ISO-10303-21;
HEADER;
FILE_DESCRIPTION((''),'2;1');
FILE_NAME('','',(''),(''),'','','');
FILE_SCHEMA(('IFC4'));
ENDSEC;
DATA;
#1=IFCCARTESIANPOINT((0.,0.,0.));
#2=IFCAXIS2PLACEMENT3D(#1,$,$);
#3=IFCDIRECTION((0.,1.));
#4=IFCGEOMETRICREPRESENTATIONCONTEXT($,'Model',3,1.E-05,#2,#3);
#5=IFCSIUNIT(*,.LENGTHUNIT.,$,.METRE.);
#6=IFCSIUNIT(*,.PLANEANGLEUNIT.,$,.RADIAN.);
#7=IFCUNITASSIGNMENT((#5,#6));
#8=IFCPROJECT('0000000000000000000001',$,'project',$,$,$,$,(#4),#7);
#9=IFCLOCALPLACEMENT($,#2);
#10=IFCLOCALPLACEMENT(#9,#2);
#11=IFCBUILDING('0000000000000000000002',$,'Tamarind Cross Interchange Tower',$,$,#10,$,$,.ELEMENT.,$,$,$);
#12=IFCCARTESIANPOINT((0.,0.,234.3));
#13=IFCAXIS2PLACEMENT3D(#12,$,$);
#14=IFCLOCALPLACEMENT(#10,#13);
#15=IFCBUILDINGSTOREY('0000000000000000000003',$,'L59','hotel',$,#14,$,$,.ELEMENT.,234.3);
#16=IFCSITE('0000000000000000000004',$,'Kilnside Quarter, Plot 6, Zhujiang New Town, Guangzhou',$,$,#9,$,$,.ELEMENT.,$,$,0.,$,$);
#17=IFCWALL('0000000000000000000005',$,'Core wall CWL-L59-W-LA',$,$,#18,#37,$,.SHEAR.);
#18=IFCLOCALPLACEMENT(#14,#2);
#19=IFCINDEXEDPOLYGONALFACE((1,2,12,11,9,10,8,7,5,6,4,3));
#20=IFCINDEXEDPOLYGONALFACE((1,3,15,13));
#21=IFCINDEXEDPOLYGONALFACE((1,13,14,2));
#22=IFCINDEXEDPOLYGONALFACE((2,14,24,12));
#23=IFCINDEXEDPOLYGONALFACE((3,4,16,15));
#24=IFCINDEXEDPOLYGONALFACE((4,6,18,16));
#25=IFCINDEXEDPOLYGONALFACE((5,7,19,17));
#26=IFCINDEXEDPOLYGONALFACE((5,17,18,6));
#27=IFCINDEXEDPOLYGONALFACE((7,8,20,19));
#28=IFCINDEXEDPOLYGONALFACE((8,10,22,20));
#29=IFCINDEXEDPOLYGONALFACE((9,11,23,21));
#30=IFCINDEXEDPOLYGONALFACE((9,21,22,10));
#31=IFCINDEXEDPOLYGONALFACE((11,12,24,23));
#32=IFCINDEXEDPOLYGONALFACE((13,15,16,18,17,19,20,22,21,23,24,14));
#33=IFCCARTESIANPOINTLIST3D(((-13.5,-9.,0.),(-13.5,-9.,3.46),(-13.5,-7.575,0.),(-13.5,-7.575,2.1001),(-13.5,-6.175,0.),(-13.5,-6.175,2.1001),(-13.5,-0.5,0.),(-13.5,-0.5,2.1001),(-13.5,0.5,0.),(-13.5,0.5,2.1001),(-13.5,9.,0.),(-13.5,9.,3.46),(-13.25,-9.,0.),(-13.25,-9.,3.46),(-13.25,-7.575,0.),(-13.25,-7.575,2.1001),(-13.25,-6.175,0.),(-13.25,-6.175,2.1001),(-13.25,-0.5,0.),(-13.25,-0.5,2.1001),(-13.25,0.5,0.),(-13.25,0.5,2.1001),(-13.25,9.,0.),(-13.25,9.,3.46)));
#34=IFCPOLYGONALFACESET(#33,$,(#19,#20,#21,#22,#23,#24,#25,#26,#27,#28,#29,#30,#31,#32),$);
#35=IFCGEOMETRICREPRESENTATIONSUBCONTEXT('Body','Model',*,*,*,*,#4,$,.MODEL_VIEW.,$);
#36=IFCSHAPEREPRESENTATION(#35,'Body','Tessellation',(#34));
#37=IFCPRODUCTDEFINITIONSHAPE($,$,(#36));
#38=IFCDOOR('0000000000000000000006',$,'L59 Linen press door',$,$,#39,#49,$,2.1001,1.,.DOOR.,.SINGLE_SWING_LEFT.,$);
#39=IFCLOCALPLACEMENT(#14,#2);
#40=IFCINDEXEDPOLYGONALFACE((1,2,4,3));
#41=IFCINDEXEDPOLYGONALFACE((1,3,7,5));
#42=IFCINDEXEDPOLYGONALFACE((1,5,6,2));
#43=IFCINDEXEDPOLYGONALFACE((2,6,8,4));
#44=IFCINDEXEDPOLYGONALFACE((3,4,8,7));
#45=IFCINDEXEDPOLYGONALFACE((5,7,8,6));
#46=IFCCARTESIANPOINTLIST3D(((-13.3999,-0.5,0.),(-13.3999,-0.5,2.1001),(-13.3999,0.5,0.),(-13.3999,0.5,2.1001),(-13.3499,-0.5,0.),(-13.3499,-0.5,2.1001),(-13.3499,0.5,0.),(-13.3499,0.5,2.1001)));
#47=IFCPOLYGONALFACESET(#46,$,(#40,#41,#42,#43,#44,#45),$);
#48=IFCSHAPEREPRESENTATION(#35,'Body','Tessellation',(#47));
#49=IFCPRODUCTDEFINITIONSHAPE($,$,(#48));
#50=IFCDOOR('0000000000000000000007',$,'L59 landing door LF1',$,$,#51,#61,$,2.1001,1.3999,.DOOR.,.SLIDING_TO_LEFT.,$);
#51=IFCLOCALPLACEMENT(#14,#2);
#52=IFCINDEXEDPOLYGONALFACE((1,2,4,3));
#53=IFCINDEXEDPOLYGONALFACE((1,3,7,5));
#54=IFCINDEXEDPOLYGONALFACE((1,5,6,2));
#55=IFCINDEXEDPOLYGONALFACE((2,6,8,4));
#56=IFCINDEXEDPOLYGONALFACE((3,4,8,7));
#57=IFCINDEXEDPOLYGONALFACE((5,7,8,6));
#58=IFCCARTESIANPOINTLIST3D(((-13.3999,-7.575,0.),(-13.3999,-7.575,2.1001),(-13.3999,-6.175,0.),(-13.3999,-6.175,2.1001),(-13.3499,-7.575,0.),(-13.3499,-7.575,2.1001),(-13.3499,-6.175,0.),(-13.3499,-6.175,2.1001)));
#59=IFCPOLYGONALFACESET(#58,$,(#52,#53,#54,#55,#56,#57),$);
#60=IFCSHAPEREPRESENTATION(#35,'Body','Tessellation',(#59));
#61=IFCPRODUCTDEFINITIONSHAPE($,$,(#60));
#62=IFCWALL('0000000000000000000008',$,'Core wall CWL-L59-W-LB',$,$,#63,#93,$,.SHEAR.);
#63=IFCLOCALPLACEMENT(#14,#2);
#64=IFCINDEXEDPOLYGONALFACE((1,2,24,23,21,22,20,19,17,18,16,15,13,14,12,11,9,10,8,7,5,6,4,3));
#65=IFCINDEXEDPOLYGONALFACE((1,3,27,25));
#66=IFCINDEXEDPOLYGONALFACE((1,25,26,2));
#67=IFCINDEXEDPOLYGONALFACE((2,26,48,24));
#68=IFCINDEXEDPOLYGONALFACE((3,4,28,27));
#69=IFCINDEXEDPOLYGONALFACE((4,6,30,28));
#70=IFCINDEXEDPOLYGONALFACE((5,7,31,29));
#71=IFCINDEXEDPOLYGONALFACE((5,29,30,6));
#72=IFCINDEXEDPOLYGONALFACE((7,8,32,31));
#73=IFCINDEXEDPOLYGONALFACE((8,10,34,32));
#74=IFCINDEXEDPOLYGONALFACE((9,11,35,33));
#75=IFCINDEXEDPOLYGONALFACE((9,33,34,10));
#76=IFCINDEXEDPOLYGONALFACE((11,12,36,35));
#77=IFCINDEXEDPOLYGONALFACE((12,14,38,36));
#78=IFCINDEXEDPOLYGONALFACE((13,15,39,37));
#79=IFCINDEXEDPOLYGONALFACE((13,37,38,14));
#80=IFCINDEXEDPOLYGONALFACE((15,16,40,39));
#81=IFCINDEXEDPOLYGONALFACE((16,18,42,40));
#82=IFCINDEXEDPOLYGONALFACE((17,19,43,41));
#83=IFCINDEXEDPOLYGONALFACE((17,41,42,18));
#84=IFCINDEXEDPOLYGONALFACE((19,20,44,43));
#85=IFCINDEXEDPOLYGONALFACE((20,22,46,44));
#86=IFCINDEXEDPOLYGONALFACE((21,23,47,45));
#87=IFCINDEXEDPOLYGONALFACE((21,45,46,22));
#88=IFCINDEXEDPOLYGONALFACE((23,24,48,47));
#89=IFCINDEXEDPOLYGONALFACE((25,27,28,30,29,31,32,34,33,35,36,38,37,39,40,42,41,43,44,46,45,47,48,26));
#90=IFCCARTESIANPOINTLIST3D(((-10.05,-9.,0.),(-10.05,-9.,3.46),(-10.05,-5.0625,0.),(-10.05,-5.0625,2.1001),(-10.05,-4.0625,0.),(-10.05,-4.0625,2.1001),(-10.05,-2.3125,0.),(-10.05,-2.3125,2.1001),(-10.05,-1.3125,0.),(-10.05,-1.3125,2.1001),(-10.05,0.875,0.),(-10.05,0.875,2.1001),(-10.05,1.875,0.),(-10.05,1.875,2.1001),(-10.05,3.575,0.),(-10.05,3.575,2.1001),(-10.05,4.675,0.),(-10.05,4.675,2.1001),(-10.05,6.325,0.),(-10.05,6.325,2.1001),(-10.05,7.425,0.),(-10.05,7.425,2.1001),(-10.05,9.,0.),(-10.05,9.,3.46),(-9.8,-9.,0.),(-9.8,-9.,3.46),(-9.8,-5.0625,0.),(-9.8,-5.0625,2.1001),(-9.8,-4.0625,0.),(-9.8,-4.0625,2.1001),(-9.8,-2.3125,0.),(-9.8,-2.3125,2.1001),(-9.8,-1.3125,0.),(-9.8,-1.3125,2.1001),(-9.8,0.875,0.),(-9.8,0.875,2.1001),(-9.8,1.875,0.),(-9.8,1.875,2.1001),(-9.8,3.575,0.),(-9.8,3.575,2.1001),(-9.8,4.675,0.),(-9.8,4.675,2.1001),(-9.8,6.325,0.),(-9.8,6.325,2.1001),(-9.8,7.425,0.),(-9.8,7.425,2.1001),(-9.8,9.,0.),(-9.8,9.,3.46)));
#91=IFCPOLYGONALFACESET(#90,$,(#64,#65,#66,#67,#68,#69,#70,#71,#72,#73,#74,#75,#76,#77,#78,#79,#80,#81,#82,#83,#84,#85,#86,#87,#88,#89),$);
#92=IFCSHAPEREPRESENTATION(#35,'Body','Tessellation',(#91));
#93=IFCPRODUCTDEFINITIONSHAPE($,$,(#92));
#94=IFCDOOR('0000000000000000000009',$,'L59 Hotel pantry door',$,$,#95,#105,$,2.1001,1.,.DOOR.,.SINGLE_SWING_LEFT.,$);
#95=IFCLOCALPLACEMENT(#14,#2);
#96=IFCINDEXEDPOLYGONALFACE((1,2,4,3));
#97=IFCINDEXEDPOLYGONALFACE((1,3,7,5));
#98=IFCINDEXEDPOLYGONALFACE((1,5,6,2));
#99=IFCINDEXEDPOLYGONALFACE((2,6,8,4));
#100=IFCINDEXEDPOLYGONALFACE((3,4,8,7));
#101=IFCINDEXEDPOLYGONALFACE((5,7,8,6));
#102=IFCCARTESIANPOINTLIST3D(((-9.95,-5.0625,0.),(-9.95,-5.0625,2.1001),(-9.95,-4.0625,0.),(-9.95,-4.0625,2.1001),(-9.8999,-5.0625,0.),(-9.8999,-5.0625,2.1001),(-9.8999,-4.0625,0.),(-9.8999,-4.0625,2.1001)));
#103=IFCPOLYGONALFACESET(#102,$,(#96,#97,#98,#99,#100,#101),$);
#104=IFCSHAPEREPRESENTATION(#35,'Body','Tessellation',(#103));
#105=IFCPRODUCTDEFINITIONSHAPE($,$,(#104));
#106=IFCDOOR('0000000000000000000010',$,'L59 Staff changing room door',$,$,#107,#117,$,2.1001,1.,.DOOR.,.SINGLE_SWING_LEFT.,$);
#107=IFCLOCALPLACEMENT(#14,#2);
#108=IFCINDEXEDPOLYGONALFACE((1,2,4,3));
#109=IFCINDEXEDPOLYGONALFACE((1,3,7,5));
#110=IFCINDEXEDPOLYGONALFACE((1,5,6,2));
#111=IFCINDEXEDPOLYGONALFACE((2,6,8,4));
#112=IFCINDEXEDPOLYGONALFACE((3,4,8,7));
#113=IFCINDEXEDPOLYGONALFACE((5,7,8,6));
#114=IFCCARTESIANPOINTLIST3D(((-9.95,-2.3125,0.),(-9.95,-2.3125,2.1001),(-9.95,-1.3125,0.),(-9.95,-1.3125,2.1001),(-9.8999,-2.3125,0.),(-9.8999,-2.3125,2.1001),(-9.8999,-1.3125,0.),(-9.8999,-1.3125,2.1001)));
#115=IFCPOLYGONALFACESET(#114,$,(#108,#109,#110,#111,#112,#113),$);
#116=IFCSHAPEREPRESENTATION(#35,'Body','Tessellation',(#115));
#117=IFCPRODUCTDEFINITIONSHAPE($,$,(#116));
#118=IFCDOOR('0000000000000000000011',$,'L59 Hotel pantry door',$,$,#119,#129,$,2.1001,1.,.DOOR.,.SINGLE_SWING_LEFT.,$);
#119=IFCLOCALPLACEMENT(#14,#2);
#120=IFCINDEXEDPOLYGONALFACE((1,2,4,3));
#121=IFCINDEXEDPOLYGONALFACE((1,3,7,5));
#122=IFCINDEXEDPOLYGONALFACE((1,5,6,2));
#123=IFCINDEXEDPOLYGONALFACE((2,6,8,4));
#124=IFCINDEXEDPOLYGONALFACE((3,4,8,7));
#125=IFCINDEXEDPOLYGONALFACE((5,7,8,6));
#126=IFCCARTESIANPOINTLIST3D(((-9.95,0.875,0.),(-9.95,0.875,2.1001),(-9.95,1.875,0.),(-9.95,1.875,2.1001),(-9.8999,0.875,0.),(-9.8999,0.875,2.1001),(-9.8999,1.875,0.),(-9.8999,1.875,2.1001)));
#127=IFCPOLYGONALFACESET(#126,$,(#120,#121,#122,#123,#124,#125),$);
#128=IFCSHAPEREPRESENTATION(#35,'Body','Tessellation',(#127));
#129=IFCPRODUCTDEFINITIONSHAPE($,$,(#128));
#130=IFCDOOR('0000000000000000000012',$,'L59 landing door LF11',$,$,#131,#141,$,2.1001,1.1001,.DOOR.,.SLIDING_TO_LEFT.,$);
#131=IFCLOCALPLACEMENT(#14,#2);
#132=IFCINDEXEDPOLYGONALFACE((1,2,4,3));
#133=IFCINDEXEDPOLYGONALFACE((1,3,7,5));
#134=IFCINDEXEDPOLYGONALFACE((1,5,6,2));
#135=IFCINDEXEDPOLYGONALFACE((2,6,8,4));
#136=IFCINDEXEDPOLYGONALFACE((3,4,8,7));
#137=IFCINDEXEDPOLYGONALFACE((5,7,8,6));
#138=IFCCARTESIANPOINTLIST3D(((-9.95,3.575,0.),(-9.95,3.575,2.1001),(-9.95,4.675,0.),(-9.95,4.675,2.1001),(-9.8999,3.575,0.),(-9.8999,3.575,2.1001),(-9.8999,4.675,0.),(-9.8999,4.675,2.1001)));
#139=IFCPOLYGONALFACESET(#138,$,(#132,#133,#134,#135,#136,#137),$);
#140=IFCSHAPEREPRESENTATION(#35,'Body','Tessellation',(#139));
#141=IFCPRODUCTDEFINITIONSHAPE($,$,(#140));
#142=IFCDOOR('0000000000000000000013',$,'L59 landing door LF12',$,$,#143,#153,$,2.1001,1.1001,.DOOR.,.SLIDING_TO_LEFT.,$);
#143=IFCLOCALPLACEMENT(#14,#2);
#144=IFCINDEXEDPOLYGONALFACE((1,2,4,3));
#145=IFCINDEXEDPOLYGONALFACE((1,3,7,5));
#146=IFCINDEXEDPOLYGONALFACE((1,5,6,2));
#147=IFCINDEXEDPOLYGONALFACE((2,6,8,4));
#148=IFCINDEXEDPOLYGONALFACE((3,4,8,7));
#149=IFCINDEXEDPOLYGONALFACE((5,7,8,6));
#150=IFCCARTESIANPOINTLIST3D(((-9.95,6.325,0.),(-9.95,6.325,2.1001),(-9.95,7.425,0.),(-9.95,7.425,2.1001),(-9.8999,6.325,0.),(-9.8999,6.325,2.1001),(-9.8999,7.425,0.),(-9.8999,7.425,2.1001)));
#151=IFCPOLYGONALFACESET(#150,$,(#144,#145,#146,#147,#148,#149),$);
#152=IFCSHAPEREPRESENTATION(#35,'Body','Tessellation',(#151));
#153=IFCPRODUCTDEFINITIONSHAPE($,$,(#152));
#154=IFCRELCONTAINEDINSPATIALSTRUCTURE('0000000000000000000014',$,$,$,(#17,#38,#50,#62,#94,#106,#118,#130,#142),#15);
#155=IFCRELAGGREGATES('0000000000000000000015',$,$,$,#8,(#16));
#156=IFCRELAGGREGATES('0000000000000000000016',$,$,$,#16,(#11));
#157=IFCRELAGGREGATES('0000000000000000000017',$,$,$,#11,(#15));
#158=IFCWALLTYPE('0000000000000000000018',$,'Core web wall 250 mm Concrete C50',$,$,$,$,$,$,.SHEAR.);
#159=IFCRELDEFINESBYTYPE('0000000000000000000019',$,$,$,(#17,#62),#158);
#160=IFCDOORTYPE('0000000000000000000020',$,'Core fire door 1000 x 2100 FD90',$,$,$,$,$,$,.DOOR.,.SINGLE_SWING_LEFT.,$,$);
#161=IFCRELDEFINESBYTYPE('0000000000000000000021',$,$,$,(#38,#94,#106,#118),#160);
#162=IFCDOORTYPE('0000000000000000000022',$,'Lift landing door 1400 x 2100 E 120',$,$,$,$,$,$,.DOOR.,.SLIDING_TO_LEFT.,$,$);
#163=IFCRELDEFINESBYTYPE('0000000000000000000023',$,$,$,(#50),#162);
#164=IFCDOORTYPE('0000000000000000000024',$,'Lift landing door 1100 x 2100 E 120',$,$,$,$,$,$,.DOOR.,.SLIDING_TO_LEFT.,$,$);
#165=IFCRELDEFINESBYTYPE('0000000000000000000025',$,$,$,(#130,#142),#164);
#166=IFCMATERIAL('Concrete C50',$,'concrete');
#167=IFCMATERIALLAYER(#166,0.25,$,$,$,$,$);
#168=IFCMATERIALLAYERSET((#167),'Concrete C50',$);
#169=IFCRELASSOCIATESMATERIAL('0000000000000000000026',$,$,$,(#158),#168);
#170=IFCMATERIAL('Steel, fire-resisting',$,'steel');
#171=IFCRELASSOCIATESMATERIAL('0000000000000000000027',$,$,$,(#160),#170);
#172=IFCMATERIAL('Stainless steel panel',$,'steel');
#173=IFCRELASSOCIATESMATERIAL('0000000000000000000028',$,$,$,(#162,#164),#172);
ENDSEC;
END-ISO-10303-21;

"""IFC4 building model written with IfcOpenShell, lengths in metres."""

from ifc_helpers import new_model, si_unit, direction, frame, frame_2d, origin, place, context, subcontext, project, spatial, rectangle, extrude, material, layer, layer_set, type_object, element, fill, save


model = new_model("IFC4")

# Units and contexts
model_context = context("Model", 3, precision=1e-05, world=origin(), true_north=direction((0.0, 1.0)))
body_context = subcontext(model_context, "Body", "Model", "MODEL_VIEW")
ifc_project = project(units=[si_unit("LENGTHUNIT", "METRE"), si_unit("PLANEANGLEUNIT", "RADIAN")], contexts=[model_context])

# Site, building, storey
site_placement = place(None, origin())
site = spatial("IfcSite", under=ifc_project, at=site_placement, Name="Kilnside Quarter, Plot 6, Zhujiang New Town, Guangzhou", CompositionType="ELEMENT", RefElevation=0.0)
building_placement = place(site_placement, origin())
building = spatial("IfcBuilding", under=site, at=building_placement, Name="Tamarind Cross Interchange Tower", CompositionType="ELEMENT")
storey_placement = place(building_placement, frame((0.0, 0.0, 234.3)))
storey = spatial("IfcBuildingStorey", under=building, at=storey_placement, Name="L59", Description="hotel", CompositionType="ELEMENT", Elevation=234.3)

# Shared definitions
ifc_material_1 = material(Name="Concrete C50", Category="concrete")

# Shared definitions
ifc_material_2 = material(Name="Steel, fire-resisting", Category="steel")

# Shared definitions
ifc_layer_1 = layer(ifc_material_1, 0.25)
ifc_layer_set_1 = layer_set([ifc_layer_1], Name="Concrete C50")
wall_type_1 = type_object("IfcWallType", Name="Core web wall 250 mm Concrete C50", PredefinedType="SHEAR", material=ifc_layer_set_1)

# Walls, openings, doors
wall_1_placement = place(storey_placement, frame((-13.375, -9.0, 0.0), z_axis=(0.0, 0.0, 1.0), x_axis=(0.0, 1.0, 0.0)))
wall_1 = element("IfcWall", 1, at=wall_1_placement, inside=storey, type_object=wall_type_1, Name="Core wall CWL-L59-W-LA", PredefinedType="SHEAR", context=body_context, shape_type="SweptSolid", body=[
    extrude(rectangle(XDim=18.0, YDim=0.25, at=frame_2d((9.0, 0.0))), origin(), (0.0, 0.0, 1.0), 3.46),
])
opening_1_placement = place(wall_1_placement, frame((1.425, 0.0, 0.0)))
opening_1 = element("IfcOpeningElement", 2, at=opening_1_placement, cuts=wall_1, PredefinedType="OPENING", context=body_context, shape_type="SweptSolid", body=[
    extrude(rectangle(XDim=1.3999, YDim=2.1001, at=frame_2d((0.7, 1.05))), frame((0.0, 0.135, 0.0), z_axis=(0.0, -1.0, 0.0), x_axis=(1.0, 0.0, 0.0)), (0.0, 0.0, 1.0), 0.27),
])
opening_2_placement = place(wall_1_placement, frame((8.5, 0.0, 0.0)))
opening_2 = element("IfcOpeningElement", 3, at=opening_2_placement, cuts=wall_1, PredefinedType="OPENING", context=body_context, shape_type="SweptSolid", body=[
    extrude(rectangle(XDim=1.0, YDim=2.1001, at=frame_2d((0.5, 1.05))), frame((0.0, 0.135, 0.0), z_axis=(0.0, -1.0, 0.0), x_axis=(1.0, 0.0, 0.0)), (0.0, 0.0, 1.0), 0.27),
])
door_type_1 = type_object("IfcDoorType", Name="Core fire door 1000 x 2100 FD90", OperationType="SINGLE_SWING_LEFT", PredefinedType="DOOR", material=ifc_material_2)
door_1_placement = place(opening_2_placement, origin())
door_1 = element("IfcDoor", 4, at=door_1_placement, inside=storey, type_object=door_type_1, Name="L59 Linen press door", OperationType="SINGLE_SWING_LEFT", OverallHeight=2.1001, OverallWidth=1.0, PredefinedType="DOOR", context=body_context, shape_type="SweptSolid", body=[
    extrude(rectangle(XDim=1.0, YDim=2.1001, at=frame_2d((0.5, 1.05))), frame((0.0, 0.0249, 0.0), z_axis=(0.0, -1.0, 0.0), x_axis=(1.0, 0.0, 0.0)), (0.0, 0.0, 1.0), 0.05),
])
fill(opening_2, door_1)
ifc_material_3 = material(Name="Stainless steel panel", Category="steel")
door_type_2 = type_object("IfcDoorType", Name="Lift landing door 1400 x 2100 E 120", OperationType="SLIDING_TO_LEFT", PredefinedType="DOOR", material=ifc_material_3)
door_2_placement = place(opening_1_placement, origin())
door_2 = element("IfcDoor", 5, at=door_2_placement, inside=storey, type_object=door_type_2, Name="L59 landing door LF1", OperationType="SLIDING_TO_LEFT", OverallHeight=2.1001, OverallWidth=1.3999, PredefinedType="DOOR", context=body_context, shape_type="SweptSolid", body=[
    extrude(rectangle(XDim=1.3999, YDim=2.1001, at=frame_2d((0.7, 1.05))), frame((0.0, 0.0249, 0.0), z_axis=(0.0, -1.0, 0.0), x_axis=(1.0, 0.0, 0.0)), (0.0, 0.0, 1.0), 0.05),
])
fill(opening_1, door_2)
wall_2_placement = place(storey_placement, frame((-9.925, -9.0, 0.0), z_axis=(0.0, 0.0, 1.0), x_axis=(0.0, 1.0, 0.0)))
wall_2 = element("IfcWall", 6, at=wall_2_placement, inside=storey, type_object=wall_type_1, Name="Core wall CWL-L59-W-LB", PredefinedType="SHEAR", context=body_context, shape_type="SweptSolid", body=[
    extrude(rectangle(XDim=18.0, YDim=0.25, at=frame_2d((9.0, 0.0))), origin(), (0.0, 0.0, 1.0), 3.46),
])
opening_3_placement = place(wall_2_placement, frame((12.575, 0.0, 0.0)))
opening_3 = element("IfcOpeningElement", 7, at=opening_3_placement, cuts=wall_2, PredefinedType="OPENING", context=body_context, shape_type="SweptSolid", body=[
    extrude(rectangle(XDim=1.1001, YDim=2.1001, at=frame_2d((0.55, 1.05))), frame((0.0, 0.135, 0.0), z_axis=(0.0, -1.0, 0.0), x_axis=(1.0, 0.0, 0.0)), (0.0, 0.0, 1.0), 0.27),
])
opening_4_placement = place(wall_2_placement, frame((15.325, 0.0, 0.0)))
opening_4 = element("IfcOpeningElement", 8, at=opening_4_placement, cuts=wall_2, PredefinedType="OPENING", context=body_context, shape_type="SweptSolid", body=[
    extrude(rectangle(XDim=1.1001, YDim=2.1001, at=frame_2d((0.55, 1.05))), frame((0.0, 0.135, 0.0), z_axis=(0.0, -1.0, 0.0), x_axis=(1.0, 0.0, 0.0)), (0.0, 0.0, 1.0), 0.27),
])
opening_5_placement = place(wall_2_placement, frame((3.9375, 0.0, 0.0)))
opening_5 = element("IfcOpeningElement", 9, at=opening_5_placement, cuts=wall_2, PredefinedType="OPENING", context=body_context, shape_type="SweptSolid", body=[
    extrude(rectangle(XDim=1.0, YDim=2.1001, at=frame_2d((0.5, 1.05))), frame((0.0, 0.135, 0.0), z_axis=(0.0, -1.0, 0.0), x_axis=(1.0, 0.0, 0.0)), (0.0, 0.0, 1.0), 0.27),
])
opening_6_placement = place(wall_2_placement, frame((6.6875, 0.0, 0.0)))
opening_6 = element("IfcOpeningElement", 10, at=opening_6_placement, cuts=wall_2, PredefinedType="OPENING", context=body_context, shape_type="SweptSolid", body=[
    extrude(rectangle(XDim=1.0, YDim=2.1001, at=frame_2d((0.5, 1.05))), frame((0.0, 0.135, 0.0), z_axis=(0.0, -1.0, 0.0), x_axis=(1.0, 0.0, 0.0)), (0.0, 0.0, 1.0), 0.27),
])
opening_7_placement = place(wall_2_placement, frame((9.875, 0.0, 0.0)))
opening_7 = element("IfcOpeningElement", 11, at=opening_7_placement, cuts=wall_2, PredefinedType="OPENING", context=body_context, shape_type="SweptSolid", body=[
    extrude(rectangle(XDim=1.0, YDim=2.1001, at=frame_2d((0.5, 1.05))), frame((0.0, 0.135, 0.0), z_axis=(0.0, -1.0, 0.0), x_axis=(1.0, 0.0, 0.0)), (0.0, 0.0, 1.0), 0.27),
])
door_3_placement = place(opening_5_placement, origin())
door_3 = element("IfcDoor", 12, at=door_3_placement, inside=storey, type_object=door_type_1, Name="L59 Hotel pantry door", OperationType="SINGLE_SWING_LEFT", OverallHeight=2.1001, OverallWidth=1.0, PredefinedType="DOOR", context=body_context, shape_type="SweptSolid", body=[
    extrude(rectangle(XDim=1.0, YDim=2.1001, at=frame_2d((0.5, 1.05))), frame((0.0, 0.0249, 0.0), z_axis=(0.0, -1.0, 0.0), x_axis=(1.0, 0.0, 0.0)), (0.0, 0.0, 1.0), 0.05),
])
fill(opening_5, door_3)
door_4_placement = place(opening_6_placement, origin())
door_4 = element("IfcDoor", 13, at=door_4_placement, inside=storey, type_object=door_type_1, Name="L59 Staff changing room door", OperationType="SINGLE_SWING_LEFT", OverallHeight=2.1001, OverallWidth=1.0, PredefinedType="DOOR", context=body_context, shape_type="SweptSolid", body=[
    extrude(rectangle(XDim=1.0, YDim=2.1001, at=frame_2d((0.5, 1.05))), frame((0.0, 0.0249, 0.0), z_axis=(0.0, -1.0, 0.0), x_axis=(1.0, 0.0, 0.0)), (0.0, 0.0, 1.0), 0.05),
])
fill(opening_6, door_4)
door_5_placement = place(opening_7_placement, origin())
door_5 = element("IfcDoor", 14, at=door_5_placement, inside=storey, type_object=door_type_1, Name="L59 Hotel pantry door", OperationType="SINGLE_SWING_LEFT", OverallHeight=2.1001, OverallWidth=1.0, PredefinedType="DOOR", context=body_context, shape_type="SweptSolid", body=[
    extrude(rectangle(XDim=1.0, YDim=2.1001, at=frame_2d((0.5, 1.05))), frame((0.0, 0.0249, 0.0), z_axis=(0.0, -1.0, 0.0), x_axis=(1.0, 0.0, 0.0)), (0.0, 0.0, 1.0), 0.05),
])
fill(opening_7, door_5)
door_type_3 = type_object("IfcDoorType", Name="Lift landing door 1100 x 2100 E 120", OperationType="SLIDING_TO_LEFT", PredefinedType="DOOR", material=ifc_material_3)
door_6_placement = place(opening_3_placement, origin())
door_6 = element("IfcDoor", 15, at=door_6_placement, inside=storey, type_object=door_type_3, Name="L59 landing door LF11", OperationType="SLIDING_TO_LEFT", OverallHeight=2.1001, OverallWidth=1.1001, PredefinedType="DOOR", context=body_context, shape_type="SweptSolid", body=[
    extrude(rectangle(XDim=1.1001, YDim=2.1001, at=frame_2d((0.55, 1.05))), frame((0.0, 0.0249, 0.0), z_axis=(0.0, -1.0, 0.0), x_axis=(1.0, 0.0, 0.0)), (0.0, 0.0, 1.0), 0.05),
])
fill(opening_3, door_6)
door_7_placement = place(opening_4_placement, origin())
door_7 = element("IfcDoor", 16, at=door_7_placement, inside=storey, type_object=door_type_3, Name="L59 landing door LF12", OperationType="SLIDING_TO_LEFT", OverallHeight=2.1001, OverallWidth=1.1001, PredefinedType="DOOR", context=body_context, shape_type="SweptSolid", body=[
    extrude(rectangle(XDim=1.1001, YDim=2.1001, at=frame_2d((0.55, 1.05))), frame((0.0, 0.0249, 0.0), z_axis=(0.0, -1.0, 0.0), x_axis=(1.0, 0.0, 0.0)), (0.0, 0.0, 1.0), 0.05),
])
fill(opening_4, door_7)

save(model, "model.ifc")
